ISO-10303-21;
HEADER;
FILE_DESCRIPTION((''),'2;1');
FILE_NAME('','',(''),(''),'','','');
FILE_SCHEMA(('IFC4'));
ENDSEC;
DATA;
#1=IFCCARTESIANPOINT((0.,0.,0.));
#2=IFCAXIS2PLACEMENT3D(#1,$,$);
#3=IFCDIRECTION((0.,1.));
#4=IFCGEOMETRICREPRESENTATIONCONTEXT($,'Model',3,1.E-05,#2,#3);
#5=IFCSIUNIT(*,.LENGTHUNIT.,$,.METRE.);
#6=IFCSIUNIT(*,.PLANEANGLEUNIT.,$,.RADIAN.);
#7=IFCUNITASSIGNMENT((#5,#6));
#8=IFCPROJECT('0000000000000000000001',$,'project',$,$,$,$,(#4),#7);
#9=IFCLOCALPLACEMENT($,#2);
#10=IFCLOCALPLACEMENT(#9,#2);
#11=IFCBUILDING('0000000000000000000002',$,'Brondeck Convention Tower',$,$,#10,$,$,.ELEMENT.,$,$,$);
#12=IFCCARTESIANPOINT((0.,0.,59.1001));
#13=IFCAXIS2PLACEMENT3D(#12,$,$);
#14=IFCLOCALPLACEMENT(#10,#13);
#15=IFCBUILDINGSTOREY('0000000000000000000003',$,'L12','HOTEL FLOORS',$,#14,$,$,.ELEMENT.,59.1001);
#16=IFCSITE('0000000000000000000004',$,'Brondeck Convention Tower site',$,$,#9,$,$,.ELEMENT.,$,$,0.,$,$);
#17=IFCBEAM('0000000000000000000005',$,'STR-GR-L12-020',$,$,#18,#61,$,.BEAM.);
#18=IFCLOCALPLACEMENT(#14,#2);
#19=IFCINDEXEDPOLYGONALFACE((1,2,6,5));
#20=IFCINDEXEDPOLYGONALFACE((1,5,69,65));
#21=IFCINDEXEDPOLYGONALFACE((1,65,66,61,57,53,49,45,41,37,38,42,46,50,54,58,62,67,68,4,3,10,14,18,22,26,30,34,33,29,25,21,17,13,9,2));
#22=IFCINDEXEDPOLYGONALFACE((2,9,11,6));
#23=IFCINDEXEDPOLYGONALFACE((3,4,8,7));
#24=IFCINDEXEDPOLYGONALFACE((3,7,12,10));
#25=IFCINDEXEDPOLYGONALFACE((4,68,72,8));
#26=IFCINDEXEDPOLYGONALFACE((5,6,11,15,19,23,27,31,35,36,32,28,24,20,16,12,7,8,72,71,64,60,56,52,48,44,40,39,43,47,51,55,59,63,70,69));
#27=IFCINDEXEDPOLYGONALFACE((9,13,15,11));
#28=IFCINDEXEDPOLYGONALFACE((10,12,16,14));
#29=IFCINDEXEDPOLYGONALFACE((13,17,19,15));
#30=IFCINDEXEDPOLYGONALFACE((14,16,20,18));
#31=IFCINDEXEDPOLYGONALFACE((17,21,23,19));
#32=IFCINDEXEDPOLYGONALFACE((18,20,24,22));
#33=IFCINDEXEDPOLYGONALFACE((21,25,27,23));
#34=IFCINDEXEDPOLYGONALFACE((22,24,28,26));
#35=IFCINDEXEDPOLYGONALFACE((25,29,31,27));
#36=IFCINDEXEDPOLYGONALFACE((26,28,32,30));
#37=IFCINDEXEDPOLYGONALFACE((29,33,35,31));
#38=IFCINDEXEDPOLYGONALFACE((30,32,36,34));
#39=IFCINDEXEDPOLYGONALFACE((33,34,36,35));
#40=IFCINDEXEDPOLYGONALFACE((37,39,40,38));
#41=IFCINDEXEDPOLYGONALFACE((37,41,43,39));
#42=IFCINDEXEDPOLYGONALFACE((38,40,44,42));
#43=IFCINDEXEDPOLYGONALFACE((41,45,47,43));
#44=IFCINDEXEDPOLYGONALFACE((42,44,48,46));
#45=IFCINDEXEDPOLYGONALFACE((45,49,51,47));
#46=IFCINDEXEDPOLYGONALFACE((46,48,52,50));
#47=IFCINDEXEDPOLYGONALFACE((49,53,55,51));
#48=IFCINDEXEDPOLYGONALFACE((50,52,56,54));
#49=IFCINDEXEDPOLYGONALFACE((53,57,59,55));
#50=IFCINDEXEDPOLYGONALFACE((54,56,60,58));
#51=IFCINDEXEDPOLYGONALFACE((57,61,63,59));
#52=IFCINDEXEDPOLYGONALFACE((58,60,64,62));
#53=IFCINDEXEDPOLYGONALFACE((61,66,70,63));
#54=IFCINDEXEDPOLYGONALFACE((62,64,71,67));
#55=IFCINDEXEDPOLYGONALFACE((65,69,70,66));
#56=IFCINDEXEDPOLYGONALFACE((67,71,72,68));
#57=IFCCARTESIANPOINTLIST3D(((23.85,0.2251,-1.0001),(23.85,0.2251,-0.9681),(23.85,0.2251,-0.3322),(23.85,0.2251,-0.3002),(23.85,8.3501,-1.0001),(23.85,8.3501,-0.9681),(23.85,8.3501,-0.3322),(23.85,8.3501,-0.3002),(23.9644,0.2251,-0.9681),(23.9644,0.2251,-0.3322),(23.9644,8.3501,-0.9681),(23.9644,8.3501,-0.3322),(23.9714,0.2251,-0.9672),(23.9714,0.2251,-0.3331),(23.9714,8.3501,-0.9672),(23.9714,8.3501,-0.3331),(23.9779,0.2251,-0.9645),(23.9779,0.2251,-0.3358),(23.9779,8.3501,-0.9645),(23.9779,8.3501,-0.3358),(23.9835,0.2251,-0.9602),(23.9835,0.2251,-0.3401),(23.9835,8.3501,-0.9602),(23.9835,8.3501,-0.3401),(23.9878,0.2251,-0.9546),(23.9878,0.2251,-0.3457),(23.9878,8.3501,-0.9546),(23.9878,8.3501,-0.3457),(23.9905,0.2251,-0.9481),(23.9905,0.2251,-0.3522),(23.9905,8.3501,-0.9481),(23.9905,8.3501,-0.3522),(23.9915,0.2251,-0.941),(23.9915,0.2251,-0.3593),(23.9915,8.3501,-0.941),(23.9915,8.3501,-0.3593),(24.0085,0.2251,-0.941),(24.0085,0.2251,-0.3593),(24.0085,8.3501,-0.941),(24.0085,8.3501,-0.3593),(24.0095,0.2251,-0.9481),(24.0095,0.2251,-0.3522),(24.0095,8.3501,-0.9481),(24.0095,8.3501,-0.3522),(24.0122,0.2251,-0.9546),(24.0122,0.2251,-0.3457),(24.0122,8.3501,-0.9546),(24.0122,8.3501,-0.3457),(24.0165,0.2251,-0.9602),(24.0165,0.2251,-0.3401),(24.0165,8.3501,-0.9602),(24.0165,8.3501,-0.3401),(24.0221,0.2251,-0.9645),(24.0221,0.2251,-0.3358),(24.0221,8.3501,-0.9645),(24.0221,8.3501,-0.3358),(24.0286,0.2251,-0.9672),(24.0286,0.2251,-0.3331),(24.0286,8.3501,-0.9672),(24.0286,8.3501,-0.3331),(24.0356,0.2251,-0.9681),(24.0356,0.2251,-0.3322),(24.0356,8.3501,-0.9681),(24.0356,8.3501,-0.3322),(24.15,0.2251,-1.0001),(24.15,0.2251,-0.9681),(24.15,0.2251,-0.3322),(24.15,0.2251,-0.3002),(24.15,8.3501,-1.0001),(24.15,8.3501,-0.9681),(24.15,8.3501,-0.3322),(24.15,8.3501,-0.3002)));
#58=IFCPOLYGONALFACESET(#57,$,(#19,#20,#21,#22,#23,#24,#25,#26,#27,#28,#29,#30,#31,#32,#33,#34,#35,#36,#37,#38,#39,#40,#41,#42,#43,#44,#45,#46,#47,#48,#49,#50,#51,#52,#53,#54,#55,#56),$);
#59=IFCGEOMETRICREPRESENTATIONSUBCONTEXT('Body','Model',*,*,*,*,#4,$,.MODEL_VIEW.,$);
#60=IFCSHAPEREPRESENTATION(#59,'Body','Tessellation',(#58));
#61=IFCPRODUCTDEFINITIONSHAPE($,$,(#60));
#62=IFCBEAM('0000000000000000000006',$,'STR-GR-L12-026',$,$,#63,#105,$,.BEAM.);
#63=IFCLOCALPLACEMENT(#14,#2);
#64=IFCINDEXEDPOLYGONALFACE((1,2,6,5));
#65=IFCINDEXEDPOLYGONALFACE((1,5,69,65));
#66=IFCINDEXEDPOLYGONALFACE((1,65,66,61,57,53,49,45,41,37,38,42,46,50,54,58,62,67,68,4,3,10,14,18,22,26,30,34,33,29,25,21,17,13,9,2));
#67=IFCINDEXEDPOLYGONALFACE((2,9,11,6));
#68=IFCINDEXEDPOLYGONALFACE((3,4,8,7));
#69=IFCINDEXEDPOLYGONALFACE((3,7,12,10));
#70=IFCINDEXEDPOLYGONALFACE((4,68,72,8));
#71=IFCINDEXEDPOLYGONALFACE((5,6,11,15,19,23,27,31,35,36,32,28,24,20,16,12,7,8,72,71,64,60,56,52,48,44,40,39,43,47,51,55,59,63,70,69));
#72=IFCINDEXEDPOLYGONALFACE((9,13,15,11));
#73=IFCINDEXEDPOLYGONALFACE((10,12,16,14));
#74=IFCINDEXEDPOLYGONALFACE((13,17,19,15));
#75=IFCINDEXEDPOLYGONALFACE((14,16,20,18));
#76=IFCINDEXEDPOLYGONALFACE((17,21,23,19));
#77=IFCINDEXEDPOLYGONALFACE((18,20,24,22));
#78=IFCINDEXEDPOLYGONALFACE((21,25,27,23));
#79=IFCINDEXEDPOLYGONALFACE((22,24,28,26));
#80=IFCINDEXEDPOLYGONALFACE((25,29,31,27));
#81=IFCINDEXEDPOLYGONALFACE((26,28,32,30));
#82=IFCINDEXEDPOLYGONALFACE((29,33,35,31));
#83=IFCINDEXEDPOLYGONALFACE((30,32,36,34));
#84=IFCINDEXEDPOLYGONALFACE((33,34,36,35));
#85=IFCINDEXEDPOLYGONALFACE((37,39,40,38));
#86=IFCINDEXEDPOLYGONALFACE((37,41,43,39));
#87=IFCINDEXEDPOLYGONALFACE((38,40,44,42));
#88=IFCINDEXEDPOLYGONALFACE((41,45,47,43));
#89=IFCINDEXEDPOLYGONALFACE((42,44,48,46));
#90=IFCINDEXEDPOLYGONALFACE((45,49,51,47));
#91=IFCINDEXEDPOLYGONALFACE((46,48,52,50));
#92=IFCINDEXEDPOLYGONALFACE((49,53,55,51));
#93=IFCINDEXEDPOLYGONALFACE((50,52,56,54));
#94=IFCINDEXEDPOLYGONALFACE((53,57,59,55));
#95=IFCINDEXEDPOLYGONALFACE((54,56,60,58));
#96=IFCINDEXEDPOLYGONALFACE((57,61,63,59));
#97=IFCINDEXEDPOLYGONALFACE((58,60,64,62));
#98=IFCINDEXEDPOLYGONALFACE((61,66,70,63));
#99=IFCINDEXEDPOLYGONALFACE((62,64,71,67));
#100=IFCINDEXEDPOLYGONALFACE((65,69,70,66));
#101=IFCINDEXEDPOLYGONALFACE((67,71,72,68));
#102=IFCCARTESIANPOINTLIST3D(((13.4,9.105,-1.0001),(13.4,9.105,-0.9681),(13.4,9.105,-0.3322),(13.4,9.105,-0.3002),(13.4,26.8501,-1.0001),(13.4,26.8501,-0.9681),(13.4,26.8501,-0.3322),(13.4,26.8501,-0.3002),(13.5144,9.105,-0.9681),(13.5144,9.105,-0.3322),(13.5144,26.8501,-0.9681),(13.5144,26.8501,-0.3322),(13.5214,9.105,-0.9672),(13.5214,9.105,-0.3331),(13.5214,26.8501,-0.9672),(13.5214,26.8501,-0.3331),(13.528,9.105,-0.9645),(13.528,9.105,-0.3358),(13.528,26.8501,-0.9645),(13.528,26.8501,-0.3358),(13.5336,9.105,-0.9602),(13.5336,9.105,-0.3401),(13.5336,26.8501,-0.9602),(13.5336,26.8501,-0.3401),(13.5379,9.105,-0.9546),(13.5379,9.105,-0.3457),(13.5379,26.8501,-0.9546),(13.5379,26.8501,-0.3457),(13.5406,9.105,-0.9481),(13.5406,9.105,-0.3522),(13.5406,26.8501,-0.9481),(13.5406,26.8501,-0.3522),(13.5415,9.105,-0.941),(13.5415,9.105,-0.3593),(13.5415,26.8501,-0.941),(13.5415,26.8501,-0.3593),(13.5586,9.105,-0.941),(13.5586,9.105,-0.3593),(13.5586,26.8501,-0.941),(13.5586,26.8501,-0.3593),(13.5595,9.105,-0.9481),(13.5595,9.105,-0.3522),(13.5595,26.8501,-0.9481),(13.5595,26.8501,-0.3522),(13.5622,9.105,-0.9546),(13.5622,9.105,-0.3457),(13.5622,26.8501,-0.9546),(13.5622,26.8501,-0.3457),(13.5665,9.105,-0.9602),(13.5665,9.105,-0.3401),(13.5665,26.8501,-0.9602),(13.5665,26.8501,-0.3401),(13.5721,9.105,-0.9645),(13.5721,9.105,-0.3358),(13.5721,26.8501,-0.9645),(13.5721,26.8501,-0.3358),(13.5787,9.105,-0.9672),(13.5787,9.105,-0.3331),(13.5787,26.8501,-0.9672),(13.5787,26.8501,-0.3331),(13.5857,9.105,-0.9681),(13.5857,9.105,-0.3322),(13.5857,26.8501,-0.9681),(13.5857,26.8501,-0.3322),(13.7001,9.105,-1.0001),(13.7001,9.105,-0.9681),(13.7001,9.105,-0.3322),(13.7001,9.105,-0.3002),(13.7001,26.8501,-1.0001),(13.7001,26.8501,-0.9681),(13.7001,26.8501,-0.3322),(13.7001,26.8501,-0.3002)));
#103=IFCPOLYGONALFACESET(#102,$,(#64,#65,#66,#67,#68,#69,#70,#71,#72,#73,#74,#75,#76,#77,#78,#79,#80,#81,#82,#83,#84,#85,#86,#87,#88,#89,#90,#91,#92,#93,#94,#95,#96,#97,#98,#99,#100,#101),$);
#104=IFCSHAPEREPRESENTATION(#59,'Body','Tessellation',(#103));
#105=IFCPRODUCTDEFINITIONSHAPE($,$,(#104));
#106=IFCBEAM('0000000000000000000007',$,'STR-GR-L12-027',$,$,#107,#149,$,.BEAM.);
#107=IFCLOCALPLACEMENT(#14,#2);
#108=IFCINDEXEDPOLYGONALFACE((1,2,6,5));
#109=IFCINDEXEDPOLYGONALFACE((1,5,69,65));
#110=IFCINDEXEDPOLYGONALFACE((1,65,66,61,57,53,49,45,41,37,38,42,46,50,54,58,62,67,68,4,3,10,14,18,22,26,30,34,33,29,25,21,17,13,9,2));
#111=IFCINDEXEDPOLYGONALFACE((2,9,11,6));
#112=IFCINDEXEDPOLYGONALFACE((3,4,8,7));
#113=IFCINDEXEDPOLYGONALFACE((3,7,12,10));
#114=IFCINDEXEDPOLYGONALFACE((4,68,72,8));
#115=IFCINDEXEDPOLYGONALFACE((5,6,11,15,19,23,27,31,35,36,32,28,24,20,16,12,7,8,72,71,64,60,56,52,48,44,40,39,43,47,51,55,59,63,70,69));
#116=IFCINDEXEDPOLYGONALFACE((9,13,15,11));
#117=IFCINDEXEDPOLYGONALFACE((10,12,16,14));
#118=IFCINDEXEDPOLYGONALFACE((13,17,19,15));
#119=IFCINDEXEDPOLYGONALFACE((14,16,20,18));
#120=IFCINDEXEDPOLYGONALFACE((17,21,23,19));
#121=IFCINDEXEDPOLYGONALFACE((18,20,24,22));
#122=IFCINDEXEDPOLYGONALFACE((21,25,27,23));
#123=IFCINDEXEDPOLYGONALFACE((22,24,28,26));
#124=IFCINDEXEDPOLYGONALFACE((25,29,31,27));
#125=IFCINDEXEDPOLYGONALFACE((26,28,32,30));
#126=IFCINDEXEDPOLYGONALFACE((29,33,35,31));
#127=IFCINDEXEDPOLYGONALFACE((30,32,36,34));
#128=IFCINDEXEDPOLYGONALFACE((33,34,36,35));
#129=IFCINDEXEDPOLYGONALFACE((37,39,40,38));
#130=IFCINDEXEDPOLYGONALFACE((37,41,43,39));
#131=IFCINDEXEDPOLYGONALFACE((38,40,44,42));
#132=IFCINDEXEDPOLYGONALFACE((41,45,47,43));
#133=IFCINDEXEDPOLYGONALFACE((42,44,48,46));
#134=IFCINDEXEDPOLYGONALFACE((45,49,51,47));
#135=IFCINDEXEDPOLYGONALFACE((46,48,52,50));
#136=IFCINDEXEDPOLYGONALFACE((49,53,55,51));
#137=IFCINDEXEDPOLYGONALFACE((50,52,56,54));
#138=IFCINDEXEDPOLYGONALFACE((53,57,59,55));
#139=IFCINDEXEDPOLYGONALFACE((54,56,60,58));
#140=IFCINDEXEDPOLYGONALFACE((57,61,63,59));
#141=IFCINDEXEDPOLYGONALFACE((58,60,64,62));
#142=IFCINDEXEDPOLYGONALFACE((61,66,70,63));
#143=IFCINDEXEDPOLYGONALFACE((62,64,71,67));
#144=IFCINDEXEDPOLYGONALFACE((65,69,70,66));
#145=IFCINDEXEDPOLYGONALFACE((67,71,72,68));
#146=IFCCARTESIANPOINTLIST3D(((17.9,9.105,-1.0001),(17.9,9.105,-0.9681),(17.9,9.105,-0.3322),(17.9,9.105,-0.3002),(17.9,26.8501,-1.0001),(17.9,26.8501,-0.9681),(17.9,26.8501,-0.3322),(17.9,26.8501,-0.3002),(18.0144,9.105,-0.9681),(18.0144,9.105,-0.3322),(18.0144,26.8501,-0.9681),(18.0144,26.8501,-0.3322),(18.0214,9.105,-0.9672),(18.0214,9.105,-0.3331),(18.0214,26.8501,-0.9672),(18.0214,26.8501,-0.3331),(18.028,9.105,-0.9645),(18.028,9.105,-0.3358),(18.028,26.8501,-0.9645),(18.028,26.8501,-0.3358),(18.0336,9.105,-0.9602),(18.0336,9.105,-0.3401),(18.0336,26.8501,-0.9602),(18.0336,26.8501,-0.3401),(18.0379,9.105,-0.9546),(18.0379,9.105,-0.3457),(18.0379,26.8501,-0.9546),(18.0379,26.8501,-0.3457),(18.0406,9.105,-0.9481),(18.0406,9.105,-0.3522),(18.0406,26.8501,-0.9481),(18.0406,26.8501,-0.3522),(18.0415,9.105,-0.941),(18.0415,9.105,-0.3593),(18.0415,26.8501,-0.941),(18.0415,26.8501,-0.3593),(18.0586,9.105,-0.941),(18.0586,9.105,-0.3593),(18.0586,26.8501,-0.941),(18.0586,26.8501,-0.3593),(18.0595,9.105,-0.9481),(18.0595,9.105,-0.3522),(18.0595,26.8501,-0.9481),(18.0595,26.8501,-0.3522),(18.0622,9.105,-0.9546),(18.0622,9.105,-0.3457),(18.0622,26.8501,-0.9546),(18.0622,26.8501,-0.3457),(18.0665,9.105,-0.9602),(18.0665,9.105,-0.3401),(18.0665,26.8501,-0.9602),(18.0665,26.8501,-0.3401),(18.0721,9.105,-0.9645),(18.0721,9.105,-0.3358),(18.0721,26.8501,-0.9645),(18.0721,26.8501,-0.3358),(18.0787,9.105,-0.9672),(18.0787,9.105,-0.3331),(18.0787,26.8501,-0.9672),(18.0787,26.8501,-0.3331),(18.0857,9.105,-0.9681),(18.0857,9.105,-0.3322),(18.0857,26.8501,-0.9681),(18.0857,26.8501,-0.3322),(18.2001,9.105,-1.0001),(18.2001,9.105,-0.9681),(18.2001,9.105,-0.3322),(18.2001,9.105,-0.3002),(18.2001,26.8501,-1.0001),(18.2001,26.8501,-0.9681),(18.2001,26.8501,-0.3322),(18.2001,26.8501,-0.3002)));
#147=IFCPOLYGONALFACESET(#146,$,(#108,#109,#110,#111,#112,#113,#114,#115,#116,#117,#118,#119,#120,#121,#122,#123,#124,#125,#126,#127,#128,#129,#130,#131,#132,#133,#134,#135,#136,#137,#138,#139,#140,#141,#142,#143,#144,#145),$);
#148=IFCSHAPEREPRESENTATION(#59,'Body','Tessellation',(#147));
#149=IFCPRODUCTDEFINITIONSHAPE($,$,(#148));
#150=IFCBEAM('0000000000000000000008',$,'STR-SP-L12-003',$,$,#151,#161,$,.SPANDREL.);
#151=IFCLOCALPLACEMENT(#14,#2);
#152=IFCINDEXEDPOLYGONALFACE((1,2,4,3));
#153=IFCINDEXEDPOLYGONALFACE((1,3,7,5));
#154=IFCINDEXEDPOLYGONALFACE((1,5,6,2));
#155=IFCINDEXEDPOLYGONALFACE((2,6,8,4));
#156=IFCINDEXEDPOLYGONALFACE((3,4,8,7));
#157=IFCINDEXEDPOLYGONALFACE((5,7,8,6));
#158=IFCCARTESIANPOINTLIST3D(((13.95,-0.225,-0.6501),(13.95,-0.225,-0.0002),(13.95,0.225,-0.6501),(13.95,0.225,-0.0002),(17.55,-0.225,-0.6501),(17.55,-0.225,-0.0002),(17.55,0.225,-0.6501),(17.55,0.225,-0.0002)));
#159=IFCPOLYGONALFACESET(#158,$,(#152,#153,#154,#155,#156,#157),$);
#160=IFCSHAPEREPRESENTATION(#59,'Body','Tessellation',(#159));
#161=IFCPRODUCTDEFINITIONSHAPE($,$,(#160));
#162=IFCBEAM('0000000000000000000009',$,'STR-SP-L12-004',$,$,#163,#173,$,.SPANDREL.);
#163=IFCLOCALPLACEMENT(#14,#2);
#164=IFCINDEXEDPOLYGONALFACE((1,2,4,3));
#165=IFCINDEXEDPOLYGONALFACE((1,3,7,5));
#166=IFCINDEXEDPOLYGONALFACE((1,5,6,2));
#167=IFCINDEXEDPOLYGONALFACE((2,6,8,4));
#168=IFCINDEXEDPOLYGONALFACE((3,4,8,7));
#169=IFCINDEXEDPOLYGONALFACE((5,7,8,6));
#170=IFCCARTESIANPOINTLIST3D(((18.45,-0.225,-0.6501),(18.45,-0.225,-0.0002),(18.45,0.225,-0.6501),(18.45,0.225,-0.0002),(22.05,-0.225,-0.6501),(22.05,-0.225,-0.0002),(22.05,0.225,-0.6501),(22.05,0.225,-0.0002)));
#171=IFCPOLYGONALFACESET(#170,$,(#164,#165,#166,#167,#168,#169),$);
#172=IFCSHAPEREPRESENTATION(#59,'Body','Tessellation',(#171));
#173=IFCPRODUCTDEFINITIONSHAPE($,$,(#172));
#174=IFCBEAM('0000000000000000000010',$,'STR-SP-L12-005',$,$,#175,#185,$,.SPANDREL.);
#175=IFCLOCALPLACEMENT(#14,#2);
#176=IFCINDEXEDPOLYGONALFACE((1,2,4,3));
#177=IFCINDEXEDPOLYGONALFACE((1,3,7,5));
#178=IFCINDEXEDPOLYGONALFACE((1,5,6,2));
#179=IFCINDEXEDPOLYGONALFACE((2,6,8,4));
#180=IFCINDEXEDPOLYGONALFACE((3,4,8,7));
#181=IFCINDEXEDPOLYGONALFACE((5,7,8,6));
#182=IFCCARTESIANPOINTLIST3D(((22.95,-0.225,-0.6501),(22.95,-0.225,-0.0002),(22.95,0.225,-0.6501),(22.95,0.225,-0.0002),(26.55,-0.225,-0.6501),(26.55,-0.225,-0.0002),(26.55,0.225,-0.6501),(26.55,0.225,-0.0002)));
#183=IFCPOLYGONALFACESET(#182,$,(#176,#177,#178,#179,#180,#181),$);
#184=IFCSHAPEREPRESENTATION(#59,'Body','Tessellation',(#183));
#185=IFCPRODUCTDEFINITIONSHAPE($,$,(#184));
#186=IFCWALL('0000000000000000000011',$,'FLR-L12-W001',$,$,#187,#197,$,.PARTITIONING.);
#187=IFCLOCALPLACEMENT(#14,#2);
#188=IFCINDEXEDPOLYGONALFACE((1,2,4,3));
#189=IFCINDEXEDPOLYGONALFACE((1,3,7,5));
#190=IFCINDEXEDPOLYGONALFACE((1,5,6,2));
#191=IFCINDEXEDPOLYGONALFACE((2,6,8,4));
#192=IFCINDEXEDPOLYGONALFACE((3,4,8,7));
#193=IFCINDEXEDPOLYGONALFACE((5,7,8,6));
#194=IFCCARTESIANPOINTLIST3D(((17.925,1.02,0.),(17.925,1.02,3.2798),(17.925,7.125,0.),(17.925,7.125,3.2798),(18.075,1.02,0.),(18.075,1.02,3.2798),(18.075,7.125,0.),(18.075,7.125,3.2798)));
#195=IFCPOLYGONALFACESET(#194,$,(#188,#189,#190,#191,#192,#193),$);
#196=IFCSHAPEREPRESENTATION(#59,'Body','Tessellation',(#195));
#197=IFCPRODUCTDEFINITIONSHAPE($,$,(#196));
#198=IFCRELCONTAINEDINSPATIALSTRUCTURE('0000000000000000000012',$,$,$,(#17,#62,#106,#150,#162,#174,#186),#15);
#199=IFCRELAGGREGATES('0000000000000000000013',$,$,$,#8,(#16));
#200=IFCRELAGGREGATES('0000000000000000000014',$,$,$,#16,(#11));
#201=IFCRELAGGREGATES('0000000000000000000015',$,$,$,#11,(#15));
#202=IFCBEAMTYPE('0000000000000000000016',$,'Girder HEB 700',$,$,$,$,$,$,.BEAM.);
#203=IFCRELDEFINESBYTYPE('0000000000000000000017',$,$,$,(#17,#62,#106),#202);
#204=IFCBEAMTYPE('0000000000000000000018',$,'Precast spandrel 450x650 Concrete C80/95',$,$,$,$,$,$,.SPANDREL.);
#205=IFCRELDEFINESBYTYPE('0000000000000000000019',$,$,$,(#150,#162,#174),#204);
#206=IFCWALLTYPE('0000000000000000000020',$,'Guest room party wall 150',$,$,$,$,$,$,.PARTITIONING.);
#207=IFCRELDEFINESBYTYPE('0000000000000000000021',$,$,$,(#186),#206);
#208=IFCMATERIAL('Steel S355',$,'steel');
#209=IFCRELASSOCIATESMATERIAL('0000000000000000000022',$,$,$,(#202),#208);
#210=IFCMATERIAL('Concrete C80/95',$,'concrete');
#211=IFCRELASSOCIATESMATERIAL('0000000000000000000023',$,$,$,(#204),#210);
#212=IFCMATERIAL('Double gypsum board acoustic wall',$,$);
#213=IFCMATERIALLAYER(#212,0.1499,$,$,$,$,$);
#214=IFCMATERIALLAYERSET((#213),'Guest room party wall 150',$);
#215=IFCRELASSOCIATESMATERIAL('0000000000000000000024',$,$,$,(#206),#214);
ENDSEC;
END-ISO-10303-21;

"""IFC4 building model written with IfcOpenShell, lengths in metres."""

from ifc_helpers import new_model, si_unit, direction, frame, frame_2d, origin, origin_2d, place, context, subcontext, project, spatial, rectangle, i_section, extrude, material, layer, layer_set, material_profile, profile_set, type_object, element, save


model = new_model("IFC4")

# Units and contexts
model_context = context("Model", 3, precision=1e-05, world=origin(), true_north=direction((0.0, 1.0)))
body_context = subcontext(model_context, "Body", "Model", "MODEL_VIEW")
ifc_project = project(units=[si_unit("LENGTHUNIT", "METRE"), si_unit("PLANEANGLEUNIT", "RADIAN")], contexts=[model_context])

# Site, building, storey
site_placement = place(None, origin())
site = spatial("IfcSite", under=ifc_project, at=site_placement, Name="Brondeck Convention Tower site", CompositionType="ELEMENT", RefElevation=0.0)
building_placement = place(site_placement, origin())
building = spatial("IfcBuilding", under=site, at=building_placement, Name="Brondeck Convention Tower", CompositionType="ELEMENT")
storey_placement = place(building_placement, frame((0.0, 0.0, 59.1001)))
storey = spatial("IfcBuildingStorey", under=building, at=storey_placement, Name="L12", Description="HOTEL FLOORS", CompositionType="ELEMENT", Elevation=59.1001)

# Shared definitions
ifc_material_1 = material(Name="Concrete C80/95", Category="concrete")

# Beams
ifc_material_2 = material(Name="Steel S355", Category="steel")
ifc_material_profile_1 = material_profile(ifc_material_2, i_section(OverallWidth=0.3, OverallDepth=0.7, WebThickness=0.0171, FlangeThickness=0.032, FilletRadius=0.0271, at=origin_2d()), Name="HEB 700")
ifc_profile_set_1 = profile_set([ifc_material_profile_1], Name="Steel S355")
beam_type_1 = type_object("IfcBeamType", Name="Girder HEB 700", PredefinedType="BEAM", material=ifc_profile_set_1)
beam_1_placement = place(storey_placement, frame((24.0, 8.3501, -0.6501), z_axis=(0.0, -1.0, 0.0), x_axis=(1.0, 0.0, 0.0)))
element("IfcBeam", 1, at=beam_1_placement, inside=storey, type_object=beam_type_1, Name="STR-GR-L12-020", PredefinedType="BEAM", context=body_context, shape_type="SweptSolid", body=[
    extrude(i_section(OverallWidth=0.3, OverallDepth=0.7, WebThickness=0.0171, FlangeThickness=0.032, FilletRadius=0.0271, at=origin_2d()), origin(), (0.0, 0.0, 1.0), 8.125),
])
for number, where, z_axis, x_axis, name in (
    (2, (13.55, 9.105, -0.6501), (0.0, 1.0, 0.0), (-1.0, 0.0, 0.0), "STR-GR-L12-026"),
    (3, (18.05, 9.105, -0.6501), (0.0, 1.0, 0.0), (-1.0, 0.0, 0.0), "STR-GR-L12-027"),
):
    element("IfcBeam", number, at=place(storey_placement, frame(where, z_axis=z_axis, x_axis=x_axis)), inside=storey, type_object=beam_type_1, Name=name, PredefinedType="BEAM", context=body_context, shape_type="SweptSolid", body=[
        extrude(i_section(OverallWidth=0.3, OverallDepth=0.7, WebThickness=0.0171, FlangeThickness=0.032, FilletRadius=0.0271, at=origin_2d()), origin(), (0.0, 0.0, 1.0), 17.7451),
    ])
ifc_material_profile_2 = material_profile(ifc_material_1, rectangle(XDim=0.45, YDim=0.6499, at=origin_2d()), Name="Precast spandrel 450x650 Concrete C80/95")
ifc_profile_set_2 = profile_set([ifc_material_profile_2], Name="Concrete C80/95")
beam_type_2 = type_object("IfcBeamType", Name="Precast spandrel 450x650 Concrete C80/95", PredefinedType="SPANDREL", material=ifc_profile_set_2)
for number, where, z_axis, x_axis, name in (
    (4, (13.95, 0.0, -0.3252), (1.0, 0.0, 0.0), (0.0, 1.0, 0.0), "STR-SP-L12-003"),
    (5, (18.45, 0.0, -0.3252), (1.0, 0.0, 0.0), (0.0, 1.0, 0.0), "STR-SP-L12-004"),
    (6, (22.95, 0.0, -0.3252), (1.0, 0.0, 0.0), (0.0, 1.0, 0.0), "STR-SP-L12-005"),
):
    element("IfcBeam", number, at=place(storey_placement, frame(where, z_axis=z_axis, x_axis=x_axis)), inside=storey, type_object=beam_type_2, Name=name, PredefinedType="SPANDREL", context=body_context, shape_type="SweptSolid", body=[
        extrude(rectangle(XDim=0.45, YDim=0.6499, at=origin_2d()), origin(), (0.0, 0.0, 1.0), 3.6001),
    ])

# Wall
ifc_material_3 = material(Name="Double gypsum board acoustic wall")
ifc_layer_1 = layer(ifc_material_3, 0.1499)
ifc_layer_set_1 = layer_set([ifc_layer_1], Name="Guest room party wall 150")
wall_type_1 = type_object("IfcWallType", Name="Guest room party wall 150", PredefinedType="PARTITIONING", material=ifc_layer_set_1)
wall_1_placement = place(storey_placement, frame((18.0, 7.125, 0.0), z_axis=(0.0, 0.0, 1.0), x_axis=(0.0, -1.0, 0.0)))
element("IfcWall", 7, at=wall_1_placement, inside=storey, type_object=wall_type_1, Name="FLR-L12-W001", PredefinedType="PARTITIONING", context=body_context, shape_type="SweptSolid", body=[
    extrude(rectangle(XDim=6.105, YDim=0.1499, at=frame_2d((3.0525, 0.0))), origin(), (0.0, 0.0, 1.0), 3.2798),
])

save(model, "model.ifc")
